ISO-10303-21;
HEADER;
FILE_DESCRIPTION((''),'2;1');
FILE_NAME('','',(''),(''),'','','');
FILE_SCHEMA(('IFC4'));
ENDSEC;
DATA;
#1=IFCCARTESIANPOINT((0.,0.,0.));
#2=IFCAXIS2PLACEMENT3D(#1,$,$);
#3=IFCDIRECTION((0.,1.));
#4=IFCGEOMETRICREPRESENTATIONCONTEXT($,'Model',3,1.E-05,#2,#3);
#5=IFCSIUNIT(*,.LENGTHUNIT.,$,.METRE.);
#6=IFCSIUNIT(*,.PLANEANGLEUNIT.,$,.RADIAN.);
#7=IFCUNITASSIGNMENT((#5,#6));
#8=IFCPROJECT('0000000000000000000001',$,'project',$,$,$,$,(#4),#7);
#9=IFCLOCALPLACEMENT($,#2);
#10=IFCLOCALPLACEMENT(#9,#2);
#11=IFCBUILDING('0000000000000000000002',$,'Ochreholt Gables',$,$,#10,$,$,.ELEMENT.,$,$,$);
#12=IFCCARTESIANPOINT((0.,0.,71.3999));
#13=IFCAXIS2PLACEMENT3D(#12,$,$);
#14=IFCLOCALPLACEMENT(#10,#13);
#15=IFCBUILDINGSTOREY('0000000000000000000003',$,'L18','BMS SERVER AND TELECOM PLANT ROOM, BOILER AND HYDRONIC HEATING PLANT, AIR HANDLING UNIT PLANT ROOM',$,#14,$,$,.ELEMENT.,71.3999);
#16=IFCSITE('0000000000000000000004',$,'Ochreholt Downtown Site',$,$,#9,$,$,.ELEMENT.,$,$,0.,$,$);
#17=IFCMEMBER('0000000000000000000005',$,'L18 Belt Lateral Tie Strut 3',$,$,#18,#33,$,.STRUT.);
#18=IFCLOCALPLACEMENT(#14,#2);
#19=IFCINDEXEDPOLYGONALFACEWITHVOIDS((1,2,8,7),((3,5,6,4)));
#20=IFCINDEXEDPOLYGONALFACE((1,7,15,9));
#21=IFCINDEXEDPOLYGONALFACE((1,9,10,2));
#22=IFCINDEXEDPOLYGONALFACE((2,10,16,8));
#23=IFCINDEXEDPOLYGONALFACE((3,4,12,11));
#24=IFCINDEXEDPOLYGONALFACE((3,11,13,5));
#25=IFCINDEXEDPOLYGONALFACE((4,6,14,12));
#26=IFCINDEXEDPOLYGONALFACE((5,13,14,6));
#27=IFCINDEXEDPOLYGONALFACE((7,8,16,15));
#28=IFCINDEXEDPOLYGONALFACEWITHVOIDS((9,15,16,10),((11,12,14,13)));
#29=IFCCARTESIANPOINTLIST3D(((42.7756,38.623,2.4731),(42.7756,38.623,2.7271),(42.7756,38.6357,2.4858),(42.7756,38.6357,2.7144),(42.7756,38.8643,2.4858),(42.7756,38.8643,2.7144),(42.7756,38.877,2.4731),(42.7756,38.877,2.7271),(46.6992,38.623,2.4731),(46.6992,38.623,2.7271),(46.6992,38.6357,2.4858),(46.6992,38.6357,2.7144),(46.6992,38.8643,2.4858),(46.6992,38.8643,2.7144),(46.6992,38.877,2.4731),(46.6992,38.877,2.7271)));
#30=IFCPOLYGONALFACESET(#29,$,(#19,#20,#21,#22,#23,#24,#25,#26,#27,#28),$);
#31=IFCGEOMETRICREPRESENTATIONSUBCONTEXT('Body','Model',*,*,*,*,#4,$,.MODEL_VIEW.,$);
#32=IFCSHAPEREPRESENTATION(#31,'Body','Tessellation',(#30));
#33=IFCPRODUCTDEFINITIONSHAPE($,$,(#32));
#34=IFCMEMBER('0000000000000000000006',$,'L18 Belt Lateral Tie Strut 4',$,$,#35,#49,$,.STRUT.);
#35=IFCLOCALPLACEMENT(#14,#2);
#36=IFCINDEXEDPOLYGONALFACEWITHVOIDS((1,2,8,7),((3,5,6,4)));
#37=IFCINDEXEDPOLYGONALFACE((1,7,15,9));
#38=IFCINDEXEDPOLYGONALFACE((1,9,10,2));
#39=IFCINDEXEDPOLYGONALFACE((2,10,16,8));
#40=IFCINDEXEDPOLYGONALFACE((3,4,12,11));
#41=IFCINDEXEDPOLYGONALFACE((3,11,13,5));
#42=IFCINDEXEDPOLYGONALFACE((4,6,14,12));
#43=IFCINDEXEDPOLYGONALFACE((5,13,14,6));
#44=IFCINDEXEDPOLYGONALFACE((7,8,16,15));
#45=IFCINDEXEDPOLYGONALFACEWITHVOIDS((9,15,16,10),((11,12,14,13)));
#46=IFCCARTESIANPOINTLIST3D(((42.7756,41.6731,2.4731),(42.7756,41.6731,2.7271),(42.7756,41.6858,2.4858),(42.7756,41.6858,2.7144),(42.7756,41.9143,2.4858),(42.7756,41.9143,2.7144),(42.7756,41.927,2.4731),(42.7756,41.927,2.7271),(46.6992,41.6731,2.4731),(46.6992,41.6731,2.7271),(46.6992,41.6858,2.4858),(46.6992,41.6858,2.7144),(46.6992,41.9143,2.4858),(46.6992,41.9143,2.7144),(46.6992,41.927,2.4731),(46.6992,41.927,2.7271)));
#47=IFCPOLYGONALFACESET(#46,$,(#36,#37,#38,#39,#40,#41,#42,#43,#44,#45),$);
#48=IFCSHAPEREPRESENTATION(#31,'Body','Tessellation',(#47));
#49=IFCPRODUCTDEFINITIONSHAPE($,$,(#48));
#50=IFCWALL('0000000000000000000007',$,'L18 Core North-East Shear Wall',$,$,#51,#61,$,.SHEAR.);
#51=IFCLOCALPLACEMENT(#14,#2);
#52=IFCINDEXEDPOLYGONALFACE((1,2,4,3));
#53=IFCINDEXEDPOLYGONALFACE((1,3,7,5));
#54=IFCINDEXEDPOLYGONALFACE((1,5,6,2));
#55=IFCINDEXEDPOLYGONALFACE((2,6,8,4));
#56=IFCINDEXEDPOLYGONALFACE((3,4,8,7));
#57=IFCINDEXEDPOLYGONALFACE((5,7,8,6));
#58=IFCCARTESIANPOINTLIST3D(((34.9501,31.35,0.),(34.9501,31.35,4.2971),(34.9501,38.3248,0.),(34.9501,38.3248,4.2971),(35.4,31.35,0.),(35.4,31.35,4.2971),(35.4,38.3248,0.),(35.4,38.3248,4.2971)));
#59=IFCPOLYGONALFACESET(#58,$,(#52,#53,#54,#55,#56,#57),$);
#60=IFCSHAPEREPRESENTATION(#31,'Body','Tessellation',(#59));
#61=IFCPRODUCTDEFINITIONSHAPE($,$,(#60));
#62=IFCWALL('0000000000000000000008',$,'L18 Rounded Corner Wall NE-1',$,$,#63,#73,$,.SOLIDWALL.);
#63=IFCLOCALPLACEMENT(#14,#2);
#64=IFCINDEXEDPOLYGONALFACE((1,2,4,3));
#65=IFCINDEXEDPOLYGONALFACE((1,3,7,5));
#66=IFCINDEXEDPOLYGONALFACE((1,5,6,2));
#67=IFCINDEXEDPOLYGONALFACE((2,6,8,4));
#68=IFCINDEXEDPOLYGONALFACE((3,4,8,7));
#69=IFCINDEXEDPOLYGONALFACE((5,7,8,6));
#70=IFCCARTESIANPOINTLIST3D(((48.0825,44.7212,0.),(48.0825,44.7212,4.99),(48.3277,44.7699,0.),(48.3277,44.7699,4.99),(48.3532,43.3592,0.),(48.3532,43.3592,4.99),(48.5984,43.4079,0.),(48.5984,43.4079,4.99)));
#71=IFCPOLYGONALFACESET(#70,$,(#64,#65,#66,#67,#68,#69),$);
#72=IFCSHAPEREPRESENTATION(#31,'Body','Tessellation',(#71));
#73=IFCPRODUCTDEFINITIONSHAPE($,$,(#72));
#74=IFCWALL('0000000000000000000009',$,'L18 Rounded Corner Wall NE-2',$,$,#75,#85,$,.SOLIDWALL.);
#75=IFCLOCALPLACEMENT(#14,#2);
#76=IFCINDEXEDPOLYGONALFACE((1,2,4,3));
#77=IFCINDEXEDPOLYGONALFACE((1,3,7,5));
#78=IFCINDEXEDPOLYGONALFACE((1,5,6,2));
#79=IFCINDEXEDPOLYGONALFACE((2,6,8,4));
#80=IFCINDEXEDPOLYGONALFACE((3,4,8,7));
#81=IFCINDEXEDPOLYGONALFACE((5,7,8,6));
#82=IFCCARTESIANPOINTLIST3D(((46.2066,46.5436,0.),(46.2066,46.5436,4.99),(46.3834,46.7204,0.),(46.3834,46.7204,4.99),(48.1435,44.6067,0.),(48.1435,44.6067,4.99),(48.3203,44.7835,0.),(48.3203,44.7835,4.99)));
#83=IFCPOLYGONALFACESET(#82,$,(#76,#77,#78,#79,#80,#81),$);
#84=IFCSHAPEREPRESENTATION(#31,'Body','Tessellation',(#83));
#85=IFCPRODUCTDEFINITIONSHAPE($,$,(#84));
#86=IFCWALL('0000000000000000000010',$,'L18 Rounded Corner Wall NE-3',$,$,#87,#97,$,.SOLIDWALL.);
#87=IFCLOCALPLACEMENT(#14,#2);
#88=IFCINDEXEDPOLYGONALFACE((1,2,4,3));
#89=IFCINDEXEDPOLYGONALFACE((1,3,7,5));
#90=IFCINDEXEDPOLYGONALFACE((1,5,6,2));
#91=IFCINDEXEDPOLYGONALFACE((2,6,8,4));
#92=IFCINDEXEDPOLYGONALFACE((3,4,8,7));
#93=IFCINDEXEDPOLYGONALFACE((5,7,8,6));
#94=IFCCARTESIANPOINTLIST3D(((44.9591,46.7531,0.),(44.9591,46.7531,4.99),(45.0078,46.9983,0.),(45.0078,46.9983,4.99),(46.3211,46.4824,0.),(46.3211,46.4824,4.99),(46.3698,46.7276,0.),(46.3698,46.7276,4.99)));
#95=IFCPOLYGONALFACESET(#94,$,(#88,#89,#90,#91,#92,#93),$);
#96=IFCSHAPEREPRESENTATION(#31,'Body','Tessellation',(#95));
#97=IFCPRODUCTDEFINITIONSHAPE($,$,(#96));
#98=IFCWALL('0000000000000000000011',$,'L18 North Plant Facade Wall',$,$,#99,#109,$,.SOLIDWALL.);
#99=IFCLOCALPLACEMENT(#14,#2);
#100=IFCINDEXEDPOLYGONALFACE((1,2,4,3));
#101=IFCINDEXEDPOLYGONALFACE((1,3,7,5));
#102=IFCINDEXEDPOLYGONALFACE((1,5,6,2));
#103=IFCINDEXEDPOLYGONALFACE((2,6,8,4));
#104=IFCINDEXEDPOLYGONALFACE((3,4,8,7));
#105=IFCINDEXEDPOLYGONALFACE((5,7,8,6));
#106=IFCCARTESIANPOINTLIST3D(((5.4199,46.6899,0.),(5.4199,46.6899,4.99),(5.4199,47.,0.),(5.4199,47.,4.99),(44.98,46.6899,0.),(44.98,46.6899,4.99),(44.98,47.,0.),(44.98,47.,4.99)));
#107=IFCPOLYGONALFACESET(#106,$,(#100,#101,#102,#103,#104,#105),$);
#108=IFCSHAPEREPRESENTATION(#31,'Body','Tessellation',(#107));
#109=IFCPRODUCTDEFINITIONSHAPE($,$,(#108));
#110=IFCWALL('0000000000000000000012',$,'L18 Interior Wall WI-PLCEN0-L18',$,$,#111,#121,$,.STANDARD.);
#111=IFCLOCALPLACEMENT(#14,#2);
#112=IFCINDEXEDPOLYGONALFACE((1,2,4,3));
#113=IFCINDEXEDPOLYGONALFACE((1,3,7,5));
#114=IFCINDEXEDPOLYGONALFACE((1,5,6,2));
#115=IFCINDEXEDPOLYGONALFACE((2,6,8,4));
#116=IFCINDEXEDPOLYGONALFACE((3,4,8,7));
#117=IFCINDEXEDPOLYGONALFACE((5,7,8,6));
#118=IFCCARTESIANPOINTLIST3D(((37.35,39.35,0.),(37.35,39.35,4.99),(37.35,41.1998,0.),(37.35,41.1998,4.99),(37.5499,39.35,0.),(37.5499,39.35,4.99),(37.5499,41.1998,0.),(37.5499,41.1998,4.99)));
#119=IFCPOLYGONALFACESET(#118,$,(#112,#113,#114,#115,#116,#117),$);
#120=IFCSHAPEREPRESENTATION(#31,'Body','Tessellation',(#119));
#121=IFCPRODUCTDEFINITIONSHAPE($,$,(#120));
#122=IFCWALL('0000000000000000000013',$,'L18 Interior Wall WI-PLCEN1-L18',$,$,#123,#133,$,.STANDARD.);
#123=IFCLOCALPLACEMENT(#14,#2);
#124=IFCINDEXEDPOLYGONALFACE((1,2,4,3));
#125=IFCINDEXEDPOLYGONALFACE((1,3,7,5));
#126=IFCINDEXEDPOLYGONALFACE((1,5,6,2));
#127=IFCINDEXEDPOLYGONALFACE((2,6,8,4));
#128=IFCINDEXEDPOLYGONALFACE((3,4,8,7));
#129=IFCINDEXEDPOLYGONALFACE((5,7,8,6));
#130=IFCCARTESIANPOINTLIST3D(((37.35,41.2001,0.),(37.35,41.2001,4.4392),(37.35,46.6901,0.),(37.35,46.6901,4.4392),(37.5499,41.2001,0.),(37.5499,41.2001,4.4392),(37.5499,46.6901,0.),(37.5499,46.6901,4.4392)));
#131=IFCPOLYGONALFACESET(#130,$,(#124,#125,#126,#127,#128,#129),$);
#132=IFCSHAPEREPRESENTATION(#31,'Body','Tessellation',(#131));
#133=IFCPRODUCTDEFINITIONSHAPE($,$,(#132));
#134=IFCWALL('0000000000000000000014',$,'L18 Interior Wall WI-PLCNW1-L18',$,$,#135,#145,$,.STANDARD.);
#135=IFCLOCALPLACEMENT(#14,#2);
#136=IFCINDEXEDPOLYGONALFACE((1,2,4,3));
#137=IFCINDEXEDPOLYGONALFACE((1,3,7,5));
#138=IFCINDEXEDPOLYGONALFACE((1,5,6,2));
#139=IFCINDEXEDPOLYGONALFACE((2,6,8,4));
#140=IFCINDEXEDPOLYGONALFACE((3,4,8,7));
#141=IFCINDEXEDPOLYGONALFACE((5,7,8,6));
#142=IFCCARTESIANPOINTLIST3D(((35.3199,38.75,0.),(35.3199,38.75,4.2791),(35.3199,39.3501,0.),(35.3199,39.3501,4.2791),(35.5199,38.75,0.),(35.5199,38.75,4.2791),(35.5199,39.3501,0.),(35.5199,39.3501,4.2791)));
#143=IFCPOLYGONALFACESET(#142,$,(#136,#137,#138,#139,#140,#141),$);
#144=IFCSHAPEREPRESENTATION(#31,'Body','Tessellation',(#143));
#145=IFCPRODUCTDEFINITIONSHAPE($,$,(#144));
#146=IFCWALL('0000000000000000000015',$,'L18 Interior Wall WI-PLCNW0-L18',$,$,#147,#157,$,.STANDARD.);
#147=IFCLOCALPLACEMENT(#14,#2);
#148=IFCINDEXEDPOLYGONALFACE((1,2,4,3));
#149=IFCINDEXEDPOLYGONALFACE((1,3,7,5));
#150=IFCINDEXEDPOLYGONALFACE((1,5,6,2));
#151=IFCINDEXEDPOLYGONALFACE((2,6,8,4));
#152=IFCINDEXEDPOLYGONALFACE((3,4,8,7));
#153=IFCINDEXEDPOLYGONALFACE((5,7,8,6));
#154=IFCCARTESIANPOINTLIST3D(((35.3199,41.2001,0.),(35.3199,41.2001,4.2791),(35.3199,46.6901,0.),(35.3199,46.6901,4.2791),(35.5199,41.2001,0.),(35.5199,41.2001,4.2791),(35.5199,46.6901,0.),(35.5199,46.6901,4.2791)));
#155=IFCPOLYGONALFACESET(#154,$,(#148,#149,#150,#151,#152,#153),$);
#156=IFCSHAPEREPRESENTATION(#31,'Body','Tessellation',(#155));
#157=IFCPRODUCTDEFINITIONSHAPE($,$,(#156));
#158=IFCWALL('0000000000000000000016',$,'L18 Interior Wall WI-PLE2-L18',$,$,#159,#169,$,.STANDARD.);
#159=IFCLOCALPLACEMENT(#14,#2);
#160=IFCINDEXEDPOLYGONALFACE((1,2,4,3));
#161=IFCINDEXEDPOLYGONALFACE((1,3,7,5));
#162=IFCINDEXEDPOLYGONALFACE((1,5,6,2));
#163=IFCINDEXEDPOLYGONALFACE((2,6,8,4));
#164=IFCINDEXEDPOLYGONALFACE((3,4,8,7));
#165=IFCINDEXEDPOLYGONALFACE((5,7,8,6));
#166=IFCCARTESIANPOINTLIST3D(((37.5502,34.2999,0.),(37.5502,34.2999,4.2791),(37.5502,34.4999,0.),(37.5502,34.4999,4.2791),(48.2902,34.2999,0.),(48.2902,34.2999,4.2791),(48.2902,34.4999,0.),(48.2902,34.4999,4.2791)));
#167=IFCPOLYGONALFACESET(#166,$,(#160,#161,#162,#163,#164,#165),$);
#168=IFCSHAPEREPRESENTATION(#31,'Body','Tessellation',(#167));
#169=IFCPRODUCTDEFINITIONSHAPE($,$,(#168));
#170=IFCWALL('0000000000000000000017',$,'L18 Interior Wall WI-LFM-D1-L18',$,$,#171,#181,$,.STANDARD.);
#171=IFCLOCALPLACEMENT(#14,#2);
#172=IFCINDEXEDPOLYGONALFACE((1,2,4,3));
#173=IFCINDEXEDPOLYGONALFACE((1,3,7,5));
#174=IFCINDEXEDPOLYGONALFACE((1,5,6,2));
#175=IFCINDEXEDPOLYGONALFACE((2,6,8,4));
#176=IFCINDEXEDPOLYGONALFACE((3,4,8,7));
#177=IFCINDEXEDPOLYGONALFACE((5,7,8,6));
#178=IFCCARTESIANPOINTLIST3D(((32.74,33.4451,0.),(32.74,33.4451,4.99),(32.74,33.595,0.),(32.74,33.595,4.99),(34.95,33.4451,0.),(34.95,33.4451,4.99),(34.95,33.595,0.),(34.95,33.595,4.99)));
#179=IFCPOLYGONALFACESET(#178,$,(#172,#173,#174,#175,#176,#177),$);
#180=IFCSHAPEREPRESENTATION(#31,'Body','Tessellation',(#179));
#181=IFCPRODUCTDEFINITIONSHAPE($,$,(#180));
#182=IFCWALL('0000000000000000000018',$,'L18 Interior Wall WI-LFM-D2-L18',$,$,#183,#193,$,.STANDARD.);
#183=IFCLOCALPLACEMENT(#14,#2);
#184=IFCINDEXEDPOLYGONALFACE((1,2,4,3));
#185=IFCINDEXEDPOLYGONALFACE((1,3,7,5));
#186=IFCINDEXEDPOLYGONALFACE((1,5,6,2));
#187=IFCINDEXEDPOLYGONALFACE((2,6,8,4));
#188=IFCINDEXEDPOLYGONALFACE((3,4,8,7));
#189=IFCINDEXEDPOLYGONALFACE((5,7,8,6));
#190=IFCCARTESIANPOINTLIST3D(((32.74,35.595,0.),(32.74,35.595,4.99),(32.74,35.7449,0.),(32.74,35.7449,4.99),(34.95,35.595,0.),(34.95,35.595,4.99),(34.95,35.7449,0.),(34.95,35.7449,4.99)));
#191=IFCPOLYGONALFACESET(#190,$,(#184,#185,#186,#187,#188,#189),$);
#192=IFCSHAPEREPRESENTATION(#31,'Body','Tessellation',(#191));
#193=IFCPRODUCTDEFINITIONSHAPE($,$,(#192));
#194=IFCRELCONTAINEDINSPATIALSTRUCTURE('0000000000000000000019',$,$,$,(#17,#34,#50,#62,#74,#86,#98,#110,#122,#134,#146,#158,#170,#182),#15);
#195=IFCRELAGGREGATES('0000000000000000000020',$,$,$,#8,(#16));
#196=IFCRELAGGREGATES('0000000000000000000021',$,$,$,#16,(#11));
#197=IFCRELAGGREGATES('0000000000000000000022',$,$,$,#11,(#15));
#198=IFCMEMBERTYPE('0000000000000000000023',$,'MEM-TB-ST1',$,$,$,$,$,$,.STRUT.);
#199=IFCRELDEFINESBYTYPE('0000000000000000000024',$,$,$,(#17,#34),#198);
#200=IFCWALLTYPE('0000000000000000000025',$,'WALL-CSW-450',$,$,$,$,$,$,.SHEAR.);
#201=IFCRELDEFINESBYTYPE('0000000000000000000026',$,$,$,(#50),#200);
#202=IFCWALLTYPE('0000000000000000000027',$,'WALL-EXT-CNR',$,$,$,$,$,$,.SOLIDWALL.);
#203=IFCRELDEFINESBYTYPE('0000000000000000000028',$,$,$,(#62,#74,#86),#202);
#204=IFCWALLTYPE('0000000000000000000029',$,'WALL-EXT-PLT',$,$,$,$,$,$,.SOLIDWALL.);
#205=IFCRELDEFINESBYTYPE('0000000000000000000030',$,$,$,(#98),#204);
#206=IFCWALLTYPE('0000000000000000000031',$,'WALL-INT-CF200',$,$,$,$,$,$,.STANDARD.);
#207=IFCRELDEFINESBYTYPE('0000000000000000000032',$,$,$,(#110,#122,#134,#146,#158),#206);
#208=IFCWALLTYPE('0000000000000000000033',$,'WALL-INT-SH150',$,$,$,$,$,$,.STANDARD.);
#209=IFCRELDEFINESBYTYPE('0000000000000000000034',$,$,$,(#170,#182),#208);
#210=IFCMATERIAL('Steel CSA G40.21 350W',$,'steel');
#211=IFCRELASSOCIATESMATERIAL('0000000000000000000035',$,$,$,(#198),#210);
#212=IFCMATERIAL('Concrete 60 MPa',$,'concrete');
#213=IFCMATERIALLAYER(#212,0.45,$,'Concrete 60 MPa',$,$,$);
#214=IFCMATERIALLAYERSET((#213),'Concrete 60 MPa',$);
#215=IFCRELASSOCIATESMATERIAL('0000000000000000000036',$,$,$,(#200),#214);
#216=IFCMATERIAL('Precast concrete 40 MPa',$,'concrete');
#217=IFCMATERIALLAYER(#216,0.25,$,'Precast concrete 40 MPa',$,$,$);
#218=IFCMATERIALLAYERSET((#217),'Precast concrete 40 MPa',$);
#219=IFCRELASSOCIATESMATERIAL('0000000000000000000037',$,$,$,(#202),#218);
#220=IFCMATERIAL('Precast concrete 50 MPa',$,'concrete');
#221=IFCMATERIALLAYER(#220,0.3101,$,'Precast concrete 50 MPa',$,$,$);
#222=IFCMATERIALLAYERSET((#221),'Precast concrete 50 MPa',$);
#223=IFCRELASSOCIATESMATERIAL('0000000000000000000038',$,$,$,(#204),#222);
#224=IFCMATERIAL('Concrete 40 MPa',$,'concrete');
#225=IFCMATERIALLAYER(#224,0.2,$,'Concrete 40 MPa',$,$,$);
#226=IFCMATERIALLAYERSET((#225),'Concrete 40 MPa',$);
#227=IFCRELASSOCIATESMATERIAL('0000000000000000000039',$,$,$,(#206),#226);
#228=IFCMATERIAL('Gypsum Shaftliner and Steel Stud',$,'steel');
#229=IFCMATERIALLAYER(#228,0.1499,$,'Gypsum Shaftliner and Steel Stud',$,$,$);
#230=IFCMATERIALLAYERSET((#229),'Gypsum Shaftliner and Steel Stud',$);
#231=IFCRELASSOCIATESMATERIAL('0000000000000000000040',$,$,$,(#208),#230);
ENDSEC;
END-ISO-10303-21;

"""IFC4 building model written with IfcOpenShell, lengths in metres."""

from ifc_helpers import new_model, si_unit, direction, frame, frame_2d, origin, origin_2d, place, context, subcontext, project, spatial, rectangle, hollow_rectangle, extrude, material, layer, layer_set, material_profile, profile_set, type_object, element, save


model = new_model("IFC4")

# Units and contexts
model_context = context("Model", 3, precision=1e-05, world=origin(), true_north=direction((0.0, 1.0)))
body_context = subcontext(model_context, "Body", "Model", "MODEL_VIEW")
ifc_project = project(units=[si_unit("LENGTHUNIT", "METRE"), si_unit("PLANEANGLEUNIT", "RADIAN")], contexts=[model_context])

# Site, building, storey
site_placement = place(None, origin())
site = spatial("IfcSite", under=ifc_project, at=site_placement, Name="Ochreholt Downtown Site", CompositionType="ELEMENT", RefElevation=0.0)
building_placement = place(site_placement, origin())
building = spatial("IfcBuilding", under=site, at=building_placement, Name="Ochreholt Gables", CompositionType="ELEMENT")
storey_placement = place(building_placement, frame((0.0, 0.0, 71.3999)))
storey = spatial("IfcBuildingStorey", under=building, at=storey_placement, Name="L18", Description="BMS SERVER AND TELECOM PLANT ROOM, BOILER AND HYDRONIC HEATING PLANT, AIR HANDLING UNIT PLANT ROOM", CompositionType="ELEMENT", Elevation=71.3999)

# Shared definitions
ifc_material_1 = material(Name="Steel CSA G40.21 350W", Category="steel")
ifc_material_2 = material(Name="Concrete 60 MPa", Category="concrete")

# Members
ifc_material_profile_1 = material_profile(ifc_material_1, hollow_rectangle(XDim=0.2539, YDim=0.2539, WallThickness=0.0127, at=origin_2d()), Name="HSS254X254X13")
ifc_profile_set_1 = profile_set([ifc_material_profile_1], Name="Steel CSA G40.21 350W")
member_type_1 = type_object("IfcMemberType", Name="MEM-TB-ST1", PredefinedType="STRUT", material=ifc_profile_set_1)
for number, where, z_axis, x_axis, name in (
    (1, (42.7756, 38.75, 2.6001), (1.0, 0.0, 0.0), (0.0, 1.0, 0.0), "L18 Belt Lateral Tie Strut 3"),
    (2, (42.7756, 41.8, 2.6001), (1.0, 0.0, 0.0), (0.0, 1.0, 0.0), "L18 Belt Lateral Tie Strut 4"),
):
    element("IfcMember", number, at=place(storey_placement, frame(where, z_axis=z_axis, x_axis=x_axis)), inside=storey, type_object=member_type_1, Name=name, PredefinedType="STRUT", context=body_context, shape_type="SweptSolid", body=[
        extrude(hollow_rectangle(XDim=0.2539, YDim=0.2539, WallThickness=0.0127, at=origin_2d()), origin(), (0.0, 0.0, 1.0), 3.9236),
    ])

# Walls
ifc_layer_1 = layer(ifc_material_2, 0.45, Name="Concrete 60 MPa")
ifc_layer_set_1 = layer_set([ifc_layer_1], Name="Concrete 60 MPa")
wall_type_1 = type_object("IfcWallType", Name="WALL-CSW-450", PredefinedType="SHEAR", material=ifc_layer_set_1)
wall_1_placement = place(storey_placement, frame((35.175, 31.3501, 0.0), z_axis=(0.0, 0.0, 1.0), x_axis=(0.0, 1.0, 0.0)))
element("IfcWall", 3, at=wall_1_placement, inside=storey, type_object=wall_type_1, Name="L18 Core North-East Shear Wall", PredefinedType="SHEAR", context=body_context, shape_type="SweptSolid", body=[
    extrude(rectangle(XDim=6.9749, YDim=0.45, at=frame_2d((3.4873, 0.0))), origin(), (0.0, 0.0, 1.0), 4.2971),
])
ifc_material_3 = material(Name="Precast concrete 40 MPa", Category="concrete")
ifc_layer_2 = layer(ifc_material_3, 0.25, Name="Precast concrete 40 MPa")
ifc_layer_set_2 = layer_set([ifc_layer_2], Name="Precast concrete 40 MPa")
wall_type_2 = type_object("IfcWallType", Name="WALL-EXT-CNR", PredefinedType="SOLIDWALL", material=ifc_layer_set_2)
wall_2_placement = place(storey_placement, frame((48.4758, 43.3835, 0.0), z_axis=(0.0, 0.0, 1.0), x_axis=(-0.194967, 0.98081, 0.0)))
element("IfcWall", 4, at=wall_2_placement, inside=storey, type_object=wall_type_2, Name="L18 Rounded Corner Wall NE-1", PredefinedType="SOLIDWALL", context=body_context, shape_type="SweptSolid", body=[
    extrude(rectangle(XDim=1.3887, YDim=0.25, at=frame_2d((0.6943, 0.0))), origin(), (0.0, 0.0, 1.0), 4.99),
])
wall_3_placement = place(storey_placement, frame((48.2319, 44.6951, 0.0), z_axis=(0.0, 0.0, 1.0), x_axis=(-0.707107, 0.707107, 0.0)))
element("IfcWall", 5, at=wall_3_placement, inside=storey, type_object=wall_type_2, Name="L18 Rounded Corner Wall NE-2", PredefinedType="SOLIDWALL", context=body_context, shape_type="SweptSolid", body=[
    extrude(rectangle(XDim=2.7393, YDim=0.25, at=frame_2d((1.3696, 0.0))), origin(), (0.0, 0.0, 1.0), 4.99),
])
wall_4_placement = place(storey_placement, frame((46.3455, 46.605, 0.0), z_axis=(0.0, 0.0, 1.0), x_axis=(-0.98081, 0.194967, 0.0)))
element("IfcWall", 6, at=wall_4_placement, inside=storey, type_object=wall_type_2, Name="L18 Rounded Corner Wall NE-3", PredefinedType="SOLIDWALL", context=body_context, shape_type="SweptSolid", body=[
    extrude(rectangle(XDim=1.3887, YDim=0.25, at=frame_2d((0.6943, 0.0))), origin(), (0.0, 0.0, 1.0), 4.99),
])
ifc_material_4 = material(Name="Precast concrete 50 MPa", Category="concrete")
ifc_layer_3 = layer(ifc_material_4, 0.3101, Name="Precast concrete 50 MPa")
ifc_layer_set_3 = layer_set([ifc_layer_3], Name="Precast concrete 50 MPa")
wall_type_3 = type_object("IfcWallType", Name="WALL-EXT-PLT", PredefinedType="SOLIDWALL", material=ifc_layer_set_3)
wall_5_placement = place(storey_placement, frame((44.98, 46.845, 0.0), z_axis=(0.0, 0.0, 1.0), x_axis=(-1.0, 0.0, 0.0)))
element("IfcWall", 7, at=wall_5_placement, inside=storey, type_object=wall_type_3, Name="L18 North Plant Facade Wall", PredefinedType="SOLIDWALL", context=body_context, shape_type="SweptSolid", body=[
    extrude(rectangle(XDim=39.5601, YDim=0.3101, at=frame_2d((19.78, 0.0))), origin(), (0.0, 0.0, 1.0), 4.99),
])
ifc_material_5 = material(Name="Concrete 40 MPa", Category="concrete")
ifc_layer_4 = layer(ifc_material_5, 0.2, Name="Concrete 40 MPa")
ifc_layer_set_4 = layer_set([ifc_layer_4], Name="Concrete 40 MPa")
wall_type_4 = type_object("IfcWallType", Name="WALL-INT-CF200", PredefinedType="STANDARD", material=ifc_layer_set_4)
wall_6_placement = place(storey_placement, frame((37.45, 39.3501, 0.0), z_axis=(0.0, 0.0, 1.0), x_axis=(0.0, 1.0, 0.0)))
element("IfcWall", 8, at=wall_6_placement, inside=storey, type_object=wall_type_4, Name="L18 Interior Wall WI-PLCEN0-L18", PredefinedType="STANDARD", context=body_context, shape_type="SweptSolid", body=[
    extrude(rectangle(XDim=1.8499, YDim=0.2, at=frame_2d((0.9248, 0.0))), origin(), (0.0, 0.0, 1.0), 4.99),
])
wall_7_placement = place(storey_placement, frame((37.45, 41.2, 0.0), z_axis=(0.0, 0.0, 1.0), x_axis=(0.0, 1.0, 0.0)))
element("IfcWall", 9, at=wall_7_placement, inside=storey, type_object=wall_type_4, Name="L18 Interior Wall WI-PLCEN1-L18", PredefinedType="STANDARD", context=body_context, shape_type="SweptSolid", body=[
    extrude(rectangle(XDim=5.49, YDim=0.2, at=frame_2d((2.7451, 0.0))), origin(), (0.0, 0.0, 1.0), 4.4392),
])
wall_8_placement = place(storey_placement, frame((35.4199, 38.75, 0.0), z_axis=(0.0, 0.0, 1.0), x_axis=(0.0, 1.0, 0.0)))
element("IfcWall", 10, at=wall_8_placement, inside=storey, type_object=wall_type_4, Name="L18 Interior Wall WI-PLCNW1-L18", PredefinedType="STANDARD", context=body_context, shape_type="SweptSolid", body=[
    extrude(rectangle(XDim=0.6001, YDim=0.2, at=frame_2d((0.3, 0.0))), origin(), (0.0, 0.0, 1.0), 4.2791),
])
wall_9_placement = place(storey_placement, frame((35.4199, 41.2, 0.0), z_axis=(0.0, 0.0, 1.0), x_axis=(0.0, 1.0, 0.0)))
element("IfcWall", 11, at=wall_9_placement, inside=storey, type_object=wall_type_4, Name="L18 Interior Wall WI-PLCNW0-L18", PredefinedType="STANDARD", context=body_context, shape_type="SweptSolid", body=[
    extrude(rectangle(XDim=5.49, YDim=0.2, at=frame_2d((2.7451, 0.0))), origin(), (0.0, 0.0, 1.0), 4.2791),
])
wall_10_placement = place(storey_placement, frame((37.55, 34.3999, 0.0), z_axis=(0.0, 0.0, 1.0), x_axis=(1.0, 0.0, 0.0)))
element("IfcWall", 12, at=wall_10_placement, inside=storey, type_object=wall_type_4, Name="L18 Interior Wall WI-PLE2-L18", PredefinedType="STANDARD", context=body_context, shape_type="SweptSolid", body=[
    extrude(rectangle(XDim=10.74, YDim=0.2, at=frame_2d((5.3701, 0.0))), origin(), (0.0, 0.0, 1.0), 4.2791),
])
ifc_material_6 = material(Name="Gypsum Shaftliner and Steel Stud", Category="steel")
ifc_layer_5 = layer(ifc_material_6, 0.1499, Name="Gypsum Shaftliner and Steel Stud")
ifc_layer_set_5 = layer_set([ifc_layer_5], Name="Gypsum Shaftliner and Steel Stud")
wall_type_5 = type_object("IfcWallType", Name="WALL-INT-SH150", PredefinedType="STANDARD", material=ifc_layer_set_5)
for number, where, z_axis, x_axis, name in (
    (13, (32.74, 33.52, 0.0), (0.0, 0.0, 1.0), (1.0, 0.0, 0.0), "L18 Interior Wall WI-LFM-D1-L18"),
    (14, (32.74, 35.6699, 0.0), (0.0, 0.0, 1.0), (1.0, 0.0, 0.0), "L18 Interior Wall WI-LFM-D2-L18"),
):
    element("IfcWall", number, at=place(storey_placement, frame(where, z_axis=z_axis, x_axis=x_axis)), inside=storey, type_object=wall_type_5, Name=name, PredefinedType="STANDARD", context=body_context, shape_type="SweptSolid", body=[
        extrude(rectangle(XDim=2.21, YDim=0.1499, at=frame_2d((1.105, 0.0))), origin(), (0.0, 0.0, 1.0), 4.99),
    ])

save(model, "model.ifc")
